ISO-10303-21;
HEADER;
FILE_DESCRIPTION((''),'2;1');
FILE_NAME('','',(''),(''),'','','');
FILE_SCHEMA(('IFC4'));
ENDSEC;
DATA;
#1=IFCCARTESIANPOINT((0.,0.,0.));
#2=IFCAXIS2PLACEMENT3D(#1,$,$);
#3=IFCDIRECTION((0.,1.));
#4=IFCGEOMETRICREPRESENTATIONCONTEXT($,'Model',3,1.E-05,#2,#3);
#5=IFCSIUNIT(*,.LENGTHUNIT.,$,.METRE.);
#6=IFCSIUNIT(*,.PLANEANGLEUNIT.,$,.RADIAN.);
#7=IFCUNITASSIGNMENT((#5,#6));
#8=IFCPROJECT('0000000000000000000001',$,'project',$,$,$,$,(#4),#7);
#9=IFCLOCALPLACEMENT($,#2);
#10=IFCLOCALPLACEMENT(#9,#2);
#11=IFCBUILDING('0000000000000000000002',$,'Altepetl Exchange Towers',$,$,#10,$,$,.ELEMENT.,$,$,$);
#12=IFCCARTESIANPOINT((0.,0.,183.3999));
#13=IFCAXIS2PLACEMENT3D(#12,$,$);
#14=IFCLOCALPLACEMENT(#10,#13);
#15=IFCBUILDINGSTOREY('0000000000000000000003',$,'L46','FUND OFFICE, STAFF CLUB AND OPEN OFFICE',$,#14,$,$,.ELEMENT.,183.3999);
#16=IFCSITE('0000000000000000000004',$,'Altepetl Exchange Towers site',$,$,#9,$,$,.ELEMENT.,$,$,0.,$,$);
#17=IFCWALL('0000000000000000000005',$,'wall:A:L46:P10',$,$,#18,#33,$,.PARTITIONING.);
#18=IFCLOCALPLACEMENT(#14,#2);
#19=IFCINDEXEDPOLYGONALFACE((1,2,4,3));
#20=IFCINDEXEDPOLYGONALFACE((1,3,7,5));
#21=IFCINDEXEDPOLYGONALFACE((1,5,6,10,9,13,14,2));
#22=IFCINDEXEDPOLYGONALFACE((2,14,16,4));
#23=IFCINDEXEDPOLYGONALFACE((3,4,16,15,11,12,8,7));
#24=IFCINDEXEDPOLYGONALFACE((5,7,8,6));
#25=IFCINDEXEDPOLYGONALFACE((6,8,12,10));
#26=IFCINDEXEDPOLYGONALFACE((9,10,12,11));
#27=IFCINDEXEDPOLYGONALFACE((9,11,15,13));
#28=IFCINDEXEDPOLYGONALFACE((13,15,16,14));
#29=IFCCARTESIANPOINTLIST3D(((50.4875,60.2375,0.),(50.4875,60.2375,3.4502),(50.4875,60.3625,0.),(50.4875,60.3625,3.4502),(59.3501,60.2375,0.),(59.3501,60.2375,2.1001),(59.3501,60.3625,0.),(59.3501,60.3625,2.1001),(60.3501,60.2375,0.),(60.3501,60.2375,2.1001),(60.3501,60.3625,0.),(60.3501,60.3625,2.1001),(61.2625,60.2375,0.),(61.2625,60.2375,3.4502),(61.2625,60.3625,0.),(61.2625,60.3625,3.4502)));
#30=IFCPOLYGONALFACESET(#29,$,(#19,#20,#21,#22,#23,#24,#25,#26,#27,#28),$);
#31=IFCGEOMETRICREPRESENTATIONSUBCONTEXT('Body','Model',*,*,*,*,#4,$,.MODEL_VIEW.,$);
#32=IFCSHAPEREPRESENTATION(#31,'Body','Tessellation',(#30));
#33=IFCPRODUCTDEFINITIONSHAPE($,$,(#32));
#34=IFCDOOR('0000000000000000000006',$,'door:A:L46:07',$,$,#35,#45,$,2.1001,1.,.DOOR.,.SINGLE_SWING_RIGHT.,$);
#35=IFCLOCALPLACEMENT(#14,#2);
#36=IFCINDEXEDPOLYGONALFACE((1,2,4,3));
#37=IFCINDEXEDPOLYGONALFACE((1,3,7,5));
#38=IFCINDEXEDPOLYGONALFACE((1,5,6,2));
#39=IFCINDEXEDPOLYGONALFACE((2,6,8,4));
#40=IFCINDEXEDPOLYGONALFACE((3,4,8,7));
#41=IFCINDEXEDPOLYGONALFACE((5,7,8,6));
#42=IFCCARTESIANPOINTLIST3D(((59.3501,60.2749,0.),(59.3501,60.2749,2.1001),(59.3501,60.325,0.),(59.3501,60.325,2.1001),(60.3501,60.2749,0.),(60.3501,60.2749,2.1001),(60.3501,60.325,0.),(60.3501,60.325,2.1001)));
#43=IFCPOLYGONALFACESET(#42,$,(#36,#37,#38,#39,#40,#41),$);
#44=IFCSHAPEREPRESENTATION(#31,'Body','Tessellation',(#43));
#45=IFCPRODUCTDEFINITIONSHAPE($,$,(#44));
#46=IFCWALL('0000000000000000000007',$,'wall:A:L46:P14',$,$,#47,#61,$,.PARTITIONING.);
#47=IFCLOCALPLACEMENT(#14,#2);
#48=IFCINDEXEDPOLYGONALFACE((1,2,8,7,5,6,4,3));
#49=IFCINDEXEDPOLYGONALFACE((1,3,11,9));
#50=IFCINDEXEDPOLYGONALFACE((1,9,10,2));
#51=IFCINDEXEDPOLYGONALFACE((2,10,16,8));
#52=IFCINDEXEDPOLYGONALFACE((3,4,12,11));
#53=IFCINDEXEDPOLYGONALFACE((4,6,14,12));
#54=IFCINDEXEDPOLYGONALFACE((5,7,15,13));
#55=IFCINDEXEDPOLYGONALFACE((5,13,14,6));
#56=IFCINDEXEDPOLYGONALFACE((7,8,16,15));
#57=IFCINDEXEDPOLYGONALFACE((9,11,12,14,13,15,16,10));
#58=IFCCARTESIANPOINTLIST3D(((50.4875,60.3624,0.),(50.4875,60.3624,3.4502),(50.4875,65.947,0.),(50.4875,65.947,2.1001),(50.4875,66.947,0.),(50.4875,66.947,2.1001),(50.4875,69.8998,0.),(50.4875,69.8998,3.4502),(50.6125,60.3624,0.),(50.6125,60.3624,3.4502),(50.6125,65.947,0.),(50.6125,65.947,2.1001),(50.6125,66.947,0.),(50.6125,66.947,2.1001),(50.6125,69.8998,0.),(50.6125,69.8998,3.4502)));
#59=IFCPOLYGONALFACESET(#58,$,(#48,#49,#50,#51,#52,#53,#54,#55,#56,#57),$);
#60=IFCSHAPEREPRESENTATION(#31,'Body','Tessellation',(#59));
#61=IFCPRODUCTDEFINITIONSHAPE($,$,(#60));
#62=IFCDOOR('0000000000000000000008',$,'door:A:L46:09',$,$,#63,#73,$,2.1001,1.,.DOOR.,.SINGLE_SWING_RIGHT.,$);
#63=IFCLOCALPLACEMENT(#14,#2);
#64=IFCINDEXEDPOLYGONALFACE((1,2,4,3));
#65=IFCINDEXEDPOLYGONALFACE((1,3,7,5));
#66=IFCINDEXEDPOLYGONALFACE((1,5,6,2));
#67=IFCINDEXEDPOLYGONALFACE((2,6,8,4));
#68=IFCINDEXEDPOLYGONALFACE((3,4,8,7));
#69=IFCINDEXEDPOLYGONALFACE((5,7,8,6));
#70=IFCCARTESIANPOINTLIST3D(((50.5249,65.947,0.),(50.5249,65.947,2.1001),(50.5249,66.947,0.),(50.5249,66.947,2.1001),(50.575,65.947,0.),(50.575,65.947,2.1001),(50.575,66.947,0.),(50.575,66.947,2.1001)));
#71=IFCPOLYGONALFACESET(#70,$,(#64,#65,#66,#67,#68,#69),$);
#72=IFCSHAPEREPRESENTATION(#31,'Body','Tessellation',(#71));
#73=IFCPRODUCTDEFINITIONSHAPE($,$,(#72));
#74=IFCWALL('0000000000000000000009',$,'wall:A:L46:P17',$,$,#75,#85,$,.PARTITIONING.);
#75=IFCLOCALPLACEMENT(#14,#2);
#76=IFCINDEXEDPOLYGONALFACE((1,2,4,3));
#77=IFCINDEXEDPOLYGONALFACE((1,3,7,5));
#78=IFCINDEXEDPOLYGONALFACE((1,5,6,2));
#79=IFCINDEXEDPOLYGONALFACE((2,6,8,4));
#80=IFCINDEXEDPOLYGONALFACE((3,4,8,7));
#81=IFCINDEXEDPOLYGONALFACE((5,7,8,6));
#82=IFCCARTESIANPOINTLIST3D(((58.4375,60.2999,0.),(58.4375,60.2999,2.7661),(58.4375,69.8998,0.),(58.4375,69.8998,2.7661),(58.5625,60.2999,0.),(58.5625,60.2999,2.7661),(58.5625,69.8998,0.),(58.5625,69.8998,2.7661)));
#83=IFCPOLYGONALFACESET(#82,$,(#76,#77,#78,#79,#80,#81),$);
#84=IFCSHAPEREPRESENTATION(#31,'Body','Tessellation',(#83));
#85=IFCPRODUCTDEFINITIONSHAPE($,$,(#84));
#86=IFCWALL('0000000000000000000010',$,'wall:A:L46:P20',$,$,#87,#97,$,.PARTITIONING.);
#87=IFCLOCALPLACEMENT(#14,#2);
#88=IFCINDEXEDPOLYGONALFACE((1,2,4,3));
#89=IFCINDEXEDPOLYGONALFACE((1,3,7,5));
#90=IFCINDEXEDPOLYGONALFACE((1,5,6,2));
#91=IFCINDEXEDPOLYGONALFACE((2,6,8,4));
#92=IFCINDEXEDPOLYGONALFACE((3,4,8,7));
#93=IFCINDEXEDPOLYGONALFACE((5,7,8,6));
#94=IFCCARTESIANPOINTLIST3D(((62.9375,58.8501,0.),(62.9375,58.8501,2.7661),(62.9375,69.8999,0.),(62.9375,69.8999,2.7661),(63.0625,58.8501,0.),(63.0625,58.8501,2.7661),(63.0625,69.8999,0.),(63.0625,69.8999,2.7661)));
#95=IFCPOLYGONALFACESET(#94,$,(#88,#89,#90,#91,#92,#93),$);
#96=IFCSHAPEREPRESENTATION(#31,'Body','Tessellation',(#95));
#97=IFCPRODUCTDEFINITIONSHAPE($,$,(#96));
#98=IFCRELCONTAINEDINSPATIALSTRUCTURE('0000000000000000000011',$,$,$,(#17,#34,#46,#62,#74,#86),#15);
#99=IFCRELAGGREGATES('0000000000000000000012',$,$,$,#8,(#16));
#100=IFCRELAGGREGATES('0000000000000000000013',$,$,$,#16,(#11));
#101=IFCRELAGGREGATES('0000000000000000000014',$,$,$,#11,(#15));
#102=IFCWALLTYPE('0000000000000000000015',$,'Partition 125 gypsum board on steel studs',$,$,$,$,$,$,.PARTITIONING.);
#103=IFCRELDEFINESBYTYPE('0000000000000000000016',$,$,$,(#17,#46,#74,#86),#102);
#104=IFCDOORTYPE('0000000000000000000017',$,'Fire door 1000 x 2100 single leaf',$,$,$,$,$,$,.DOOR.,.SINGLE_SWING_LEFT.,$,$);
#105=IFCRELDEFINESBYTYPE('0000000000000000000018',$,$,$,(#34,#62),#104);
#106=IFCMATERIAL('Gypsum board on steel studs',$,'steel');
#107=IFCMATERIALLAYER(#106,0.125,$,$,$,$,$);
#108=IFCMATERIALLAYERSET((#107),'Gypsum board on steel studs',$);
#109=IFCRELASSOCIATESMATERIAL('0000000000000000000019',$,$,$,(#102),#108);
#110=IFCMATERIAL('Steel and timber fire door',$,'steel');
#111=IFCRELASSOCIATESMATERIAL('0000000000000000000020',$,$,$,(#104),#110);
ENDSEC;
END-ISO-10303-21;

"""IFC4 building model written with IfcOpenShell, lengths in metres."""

from ifc_helpers import new_model, si_unit, direction, frame, frame_2d, origin, place, context, subcontext, project, spatial, rectangle, extrude, material, layer, layer_set, type_object, element, fill, save


model = new_model("IFC4")

# Units and contexts
model_context = context("Model", 3, precision=1e-05, world=origin(), true_north=direction((0.0, 1.0)))
body_context = subcontext(model_context, "Body", "Model", "MODEL_VIEW")
ifc_project = project(units=[si_unit("LENGTHUNIT", "METRE"), si_unit("PLANEANGLEUNIT", "RADIAN")], contexts=[model_context])

# Site, building, storey
site_placement = place(None, origin())
site = spatial("IfcSite", under=ifc_project, at=site_placement, Name="Altepetl Exchange Towers site", CompositionType="ELEMENT", RefElevation=0.0)
building_placement = place(site_placement, origin())
building = spatial("IfcBuilding", under=site, at=building_placement, Name="Altepetl Exchange Towers", CompositionType="ELEMENT")
storey_placement = place(building_placement, frame((0.0, 0.0, 183.3999)))
storey = spatial("IfcBuildingStorey", under=building, at=storey_placement, Name="L46", Description="FUND OFFICE, STAFF CLUB AND OPEN OFFICE", CompositionType="ELEMENT", Elevation=183.3999)

# Shared definitions
ifc_material_1 = material(Name="Gypsum board on steel studs", Category="steel")
ifc_layer_1 = layer(ifc_material_1, 0.125)
ifc_layer_set_1 = layer_set([ifc_layer_1], Name="Gypsum board on steel studs")
wall_type = type_object("IfcWallType", Name="Partition 125 gypsum board on steel studs", PredefinedType="PARTITIONING", material=ifc_layer_set_1)

# Walls, openings, doors
wall_1_placement = place(storey_placement, frame((50.4875, 60.3, 0.0)))
wall_1 = element("IfcWall", 1, at=wall_1_placement, inside=storey, type_object=wall_type, Name="wall:A:L46:P10", PredefinedType="PARTITIONING", context=body_context, shape_type="SweptSolid", body=[
    extrude(rectangle(XDim=10.7749, YDim=0.125, at=frame_2d((5.3875, 0.0))), origin(), (0.0, 0.0, 1.0), 3.4502),
])
opening_1_placement = place(wall_1_placement, frame((8.8625, 0.0, 0.0)))
opening_1 = element("IfcOpeningElement", 2, at=opening_1_placement, cuts=wall_1, PredefinedType="OPENING", context=body_context, shape_type="SweptSolid", body=[
    extrude(rectangle(XDim=1.0, YDim=2.1001, at=frame_2d((0.5, 1.05))), frame((0.0, 0.0725, 0.0), z_axis=(0.0, -1.0, 0.0), x_axis=(1.0, 0.0, 0.0)), (0.0, 0.0, 1.0), 0.145),
])
ifc_material_2 = material(Name="Steel and timber fire door", Category="steel")
door_type = type_object("IfcDoorType", Name="Fire door 1000 x 2100 single leaf", OperationType="SINGLE_SWING_LEFT", PredefinedType="DOOR", material=ifc_material_2)
door_1_placement = place(opening_1_placement, origin())
door_1 = element("IfcDoor", 3, at=door_1_placement, inside=storey, type_object=door_type, Name="door:A:L46:07", OperationType="SINGLE_SWING_RIGHT", OverallHeight=2.1001, OverallWidth=1.0, PredefinedType="DOOR", context=body_context, shape_type="SweptSolid", body=[
    extrude(rectangle(XDim=1.0, YDim=2.1001, at=frame_2d((0.5, 1.05))), frame((0.0, 0.0249, 0.0), z_axis=(0.0, -1.0, 0.0), x_axis=(1.0, 0.0, 0.0)), (0.0, 0.0, 1.0), 0.05),
])
fill(opening_1, door_1)
wall_2_placement = place(storey_placement, frame((50.55, 60.3625, 0.0), z_axis=(0.0, 0.0, 1.0), x_axis=(0.0, 1.0, 0.0)))
wall_2 = element("IfcWall", 4, at=wall_2_placement, inside=storey, type_object=wall_type, Name="wall:A:L46:P14", PredefinedType="PARTITIONING", context=body_context, shape_type="SweptSolid", body=[
    extrude(rectangle(XDim=9.5374, YDim=0.125, at=frame_2d((4.7686, 0.0))), origin(), (0.0, 0.0, 1.0), 3.4502),
])
opening_2_placement = place(wall_2_placement, frame((5.5845, 0.0, 0.0)))
opening_2 = element("IfcOpeningElement", 5, at=opening_2_placement, cuts=wall_2, PredefinedType="OPENING", context=body_context, shape_type="SweptSolid", body=[
    extrude(rectangle(XDim=1.0, YDim=2.1001, at=frame_2d((0.5, 1.05))), frame((0.0, 0.0725, 0.0), z_axis=(0.0, -1.0, 0.0), x_axis=(1.0, 0.0, 0.0)), (0.0, 0.0, 1.0), 0.145),
])
door_2_placement = place(opening_2_placement, frame((1.0, 0.0, 0.0), x_axis=(-1.0, 0.0, 0.0)))
door_2 = element("IfcDoor", 6, at=door_2_placement, inside=storey, type_object=door_type, Name="door:A:L46:09", OperationType="SINGLE_SWING_RIGHT", OverallHeight=2.1001, OverallWidth=1.0, PredefinedType="DOOR", context=body_context, shape_type="SweptSolid", body=[
    extrude(rectangle(XDim=1.0, YDim=2.1001, at=frame_2d((0.5, 1.05))), frame((0.0, 0.0249, 0.0), z_axis=(0.0, -1.0, 0.0), x_axis=(1.0, 0.0, 0.0)), (0.0, 0.0, 1.0), 0.05),
])
fill(opening_2, door_2)

# Walls
wall_3_placement = place(storey_placement, frame((58.5, 60.3, 0.0), z_axis=(0.0, 0.0, 1.0), x_axis=(0.0, 1.0, 0.0)))
element("IfcWall", 7, at=wall_3_placement, inside=storey, type_object=wall_type, Name="wall:A:L46:P17", PredefinedType="PARTITIONING", context=body_context, shape_type="SweptSolid", body=[
    extrude(rectangle(XDim=9.5999, YDim=0.125, at=frame_2d((4.7998, 0.0))), origin(), (0.0, 0.0, 1.0), 2.7661),
])
wall_4_placement = place(storey_placement, frame((63.0, 58.8501, 0.0), z_axis=(0.0, 0.0, 1.0), x_axis=(0.0, 1.0, 0.0)))
element("IfcWall", 8, at=wall_4_placement, inside=storey, type_object=wall_type, Name="wall:A:L46:P20", PredefinedType="PARTITIONING", context=body_context, shape_type="SweptSolid", body=[
    extrude(rectangle(XDim=11.0498, YDim=0.125, at=frame_2d((5.5249, 0.0))), origin(), (0.0, 0.0, 1.0), 2.7661),
])

save(model, "model.ifc")
